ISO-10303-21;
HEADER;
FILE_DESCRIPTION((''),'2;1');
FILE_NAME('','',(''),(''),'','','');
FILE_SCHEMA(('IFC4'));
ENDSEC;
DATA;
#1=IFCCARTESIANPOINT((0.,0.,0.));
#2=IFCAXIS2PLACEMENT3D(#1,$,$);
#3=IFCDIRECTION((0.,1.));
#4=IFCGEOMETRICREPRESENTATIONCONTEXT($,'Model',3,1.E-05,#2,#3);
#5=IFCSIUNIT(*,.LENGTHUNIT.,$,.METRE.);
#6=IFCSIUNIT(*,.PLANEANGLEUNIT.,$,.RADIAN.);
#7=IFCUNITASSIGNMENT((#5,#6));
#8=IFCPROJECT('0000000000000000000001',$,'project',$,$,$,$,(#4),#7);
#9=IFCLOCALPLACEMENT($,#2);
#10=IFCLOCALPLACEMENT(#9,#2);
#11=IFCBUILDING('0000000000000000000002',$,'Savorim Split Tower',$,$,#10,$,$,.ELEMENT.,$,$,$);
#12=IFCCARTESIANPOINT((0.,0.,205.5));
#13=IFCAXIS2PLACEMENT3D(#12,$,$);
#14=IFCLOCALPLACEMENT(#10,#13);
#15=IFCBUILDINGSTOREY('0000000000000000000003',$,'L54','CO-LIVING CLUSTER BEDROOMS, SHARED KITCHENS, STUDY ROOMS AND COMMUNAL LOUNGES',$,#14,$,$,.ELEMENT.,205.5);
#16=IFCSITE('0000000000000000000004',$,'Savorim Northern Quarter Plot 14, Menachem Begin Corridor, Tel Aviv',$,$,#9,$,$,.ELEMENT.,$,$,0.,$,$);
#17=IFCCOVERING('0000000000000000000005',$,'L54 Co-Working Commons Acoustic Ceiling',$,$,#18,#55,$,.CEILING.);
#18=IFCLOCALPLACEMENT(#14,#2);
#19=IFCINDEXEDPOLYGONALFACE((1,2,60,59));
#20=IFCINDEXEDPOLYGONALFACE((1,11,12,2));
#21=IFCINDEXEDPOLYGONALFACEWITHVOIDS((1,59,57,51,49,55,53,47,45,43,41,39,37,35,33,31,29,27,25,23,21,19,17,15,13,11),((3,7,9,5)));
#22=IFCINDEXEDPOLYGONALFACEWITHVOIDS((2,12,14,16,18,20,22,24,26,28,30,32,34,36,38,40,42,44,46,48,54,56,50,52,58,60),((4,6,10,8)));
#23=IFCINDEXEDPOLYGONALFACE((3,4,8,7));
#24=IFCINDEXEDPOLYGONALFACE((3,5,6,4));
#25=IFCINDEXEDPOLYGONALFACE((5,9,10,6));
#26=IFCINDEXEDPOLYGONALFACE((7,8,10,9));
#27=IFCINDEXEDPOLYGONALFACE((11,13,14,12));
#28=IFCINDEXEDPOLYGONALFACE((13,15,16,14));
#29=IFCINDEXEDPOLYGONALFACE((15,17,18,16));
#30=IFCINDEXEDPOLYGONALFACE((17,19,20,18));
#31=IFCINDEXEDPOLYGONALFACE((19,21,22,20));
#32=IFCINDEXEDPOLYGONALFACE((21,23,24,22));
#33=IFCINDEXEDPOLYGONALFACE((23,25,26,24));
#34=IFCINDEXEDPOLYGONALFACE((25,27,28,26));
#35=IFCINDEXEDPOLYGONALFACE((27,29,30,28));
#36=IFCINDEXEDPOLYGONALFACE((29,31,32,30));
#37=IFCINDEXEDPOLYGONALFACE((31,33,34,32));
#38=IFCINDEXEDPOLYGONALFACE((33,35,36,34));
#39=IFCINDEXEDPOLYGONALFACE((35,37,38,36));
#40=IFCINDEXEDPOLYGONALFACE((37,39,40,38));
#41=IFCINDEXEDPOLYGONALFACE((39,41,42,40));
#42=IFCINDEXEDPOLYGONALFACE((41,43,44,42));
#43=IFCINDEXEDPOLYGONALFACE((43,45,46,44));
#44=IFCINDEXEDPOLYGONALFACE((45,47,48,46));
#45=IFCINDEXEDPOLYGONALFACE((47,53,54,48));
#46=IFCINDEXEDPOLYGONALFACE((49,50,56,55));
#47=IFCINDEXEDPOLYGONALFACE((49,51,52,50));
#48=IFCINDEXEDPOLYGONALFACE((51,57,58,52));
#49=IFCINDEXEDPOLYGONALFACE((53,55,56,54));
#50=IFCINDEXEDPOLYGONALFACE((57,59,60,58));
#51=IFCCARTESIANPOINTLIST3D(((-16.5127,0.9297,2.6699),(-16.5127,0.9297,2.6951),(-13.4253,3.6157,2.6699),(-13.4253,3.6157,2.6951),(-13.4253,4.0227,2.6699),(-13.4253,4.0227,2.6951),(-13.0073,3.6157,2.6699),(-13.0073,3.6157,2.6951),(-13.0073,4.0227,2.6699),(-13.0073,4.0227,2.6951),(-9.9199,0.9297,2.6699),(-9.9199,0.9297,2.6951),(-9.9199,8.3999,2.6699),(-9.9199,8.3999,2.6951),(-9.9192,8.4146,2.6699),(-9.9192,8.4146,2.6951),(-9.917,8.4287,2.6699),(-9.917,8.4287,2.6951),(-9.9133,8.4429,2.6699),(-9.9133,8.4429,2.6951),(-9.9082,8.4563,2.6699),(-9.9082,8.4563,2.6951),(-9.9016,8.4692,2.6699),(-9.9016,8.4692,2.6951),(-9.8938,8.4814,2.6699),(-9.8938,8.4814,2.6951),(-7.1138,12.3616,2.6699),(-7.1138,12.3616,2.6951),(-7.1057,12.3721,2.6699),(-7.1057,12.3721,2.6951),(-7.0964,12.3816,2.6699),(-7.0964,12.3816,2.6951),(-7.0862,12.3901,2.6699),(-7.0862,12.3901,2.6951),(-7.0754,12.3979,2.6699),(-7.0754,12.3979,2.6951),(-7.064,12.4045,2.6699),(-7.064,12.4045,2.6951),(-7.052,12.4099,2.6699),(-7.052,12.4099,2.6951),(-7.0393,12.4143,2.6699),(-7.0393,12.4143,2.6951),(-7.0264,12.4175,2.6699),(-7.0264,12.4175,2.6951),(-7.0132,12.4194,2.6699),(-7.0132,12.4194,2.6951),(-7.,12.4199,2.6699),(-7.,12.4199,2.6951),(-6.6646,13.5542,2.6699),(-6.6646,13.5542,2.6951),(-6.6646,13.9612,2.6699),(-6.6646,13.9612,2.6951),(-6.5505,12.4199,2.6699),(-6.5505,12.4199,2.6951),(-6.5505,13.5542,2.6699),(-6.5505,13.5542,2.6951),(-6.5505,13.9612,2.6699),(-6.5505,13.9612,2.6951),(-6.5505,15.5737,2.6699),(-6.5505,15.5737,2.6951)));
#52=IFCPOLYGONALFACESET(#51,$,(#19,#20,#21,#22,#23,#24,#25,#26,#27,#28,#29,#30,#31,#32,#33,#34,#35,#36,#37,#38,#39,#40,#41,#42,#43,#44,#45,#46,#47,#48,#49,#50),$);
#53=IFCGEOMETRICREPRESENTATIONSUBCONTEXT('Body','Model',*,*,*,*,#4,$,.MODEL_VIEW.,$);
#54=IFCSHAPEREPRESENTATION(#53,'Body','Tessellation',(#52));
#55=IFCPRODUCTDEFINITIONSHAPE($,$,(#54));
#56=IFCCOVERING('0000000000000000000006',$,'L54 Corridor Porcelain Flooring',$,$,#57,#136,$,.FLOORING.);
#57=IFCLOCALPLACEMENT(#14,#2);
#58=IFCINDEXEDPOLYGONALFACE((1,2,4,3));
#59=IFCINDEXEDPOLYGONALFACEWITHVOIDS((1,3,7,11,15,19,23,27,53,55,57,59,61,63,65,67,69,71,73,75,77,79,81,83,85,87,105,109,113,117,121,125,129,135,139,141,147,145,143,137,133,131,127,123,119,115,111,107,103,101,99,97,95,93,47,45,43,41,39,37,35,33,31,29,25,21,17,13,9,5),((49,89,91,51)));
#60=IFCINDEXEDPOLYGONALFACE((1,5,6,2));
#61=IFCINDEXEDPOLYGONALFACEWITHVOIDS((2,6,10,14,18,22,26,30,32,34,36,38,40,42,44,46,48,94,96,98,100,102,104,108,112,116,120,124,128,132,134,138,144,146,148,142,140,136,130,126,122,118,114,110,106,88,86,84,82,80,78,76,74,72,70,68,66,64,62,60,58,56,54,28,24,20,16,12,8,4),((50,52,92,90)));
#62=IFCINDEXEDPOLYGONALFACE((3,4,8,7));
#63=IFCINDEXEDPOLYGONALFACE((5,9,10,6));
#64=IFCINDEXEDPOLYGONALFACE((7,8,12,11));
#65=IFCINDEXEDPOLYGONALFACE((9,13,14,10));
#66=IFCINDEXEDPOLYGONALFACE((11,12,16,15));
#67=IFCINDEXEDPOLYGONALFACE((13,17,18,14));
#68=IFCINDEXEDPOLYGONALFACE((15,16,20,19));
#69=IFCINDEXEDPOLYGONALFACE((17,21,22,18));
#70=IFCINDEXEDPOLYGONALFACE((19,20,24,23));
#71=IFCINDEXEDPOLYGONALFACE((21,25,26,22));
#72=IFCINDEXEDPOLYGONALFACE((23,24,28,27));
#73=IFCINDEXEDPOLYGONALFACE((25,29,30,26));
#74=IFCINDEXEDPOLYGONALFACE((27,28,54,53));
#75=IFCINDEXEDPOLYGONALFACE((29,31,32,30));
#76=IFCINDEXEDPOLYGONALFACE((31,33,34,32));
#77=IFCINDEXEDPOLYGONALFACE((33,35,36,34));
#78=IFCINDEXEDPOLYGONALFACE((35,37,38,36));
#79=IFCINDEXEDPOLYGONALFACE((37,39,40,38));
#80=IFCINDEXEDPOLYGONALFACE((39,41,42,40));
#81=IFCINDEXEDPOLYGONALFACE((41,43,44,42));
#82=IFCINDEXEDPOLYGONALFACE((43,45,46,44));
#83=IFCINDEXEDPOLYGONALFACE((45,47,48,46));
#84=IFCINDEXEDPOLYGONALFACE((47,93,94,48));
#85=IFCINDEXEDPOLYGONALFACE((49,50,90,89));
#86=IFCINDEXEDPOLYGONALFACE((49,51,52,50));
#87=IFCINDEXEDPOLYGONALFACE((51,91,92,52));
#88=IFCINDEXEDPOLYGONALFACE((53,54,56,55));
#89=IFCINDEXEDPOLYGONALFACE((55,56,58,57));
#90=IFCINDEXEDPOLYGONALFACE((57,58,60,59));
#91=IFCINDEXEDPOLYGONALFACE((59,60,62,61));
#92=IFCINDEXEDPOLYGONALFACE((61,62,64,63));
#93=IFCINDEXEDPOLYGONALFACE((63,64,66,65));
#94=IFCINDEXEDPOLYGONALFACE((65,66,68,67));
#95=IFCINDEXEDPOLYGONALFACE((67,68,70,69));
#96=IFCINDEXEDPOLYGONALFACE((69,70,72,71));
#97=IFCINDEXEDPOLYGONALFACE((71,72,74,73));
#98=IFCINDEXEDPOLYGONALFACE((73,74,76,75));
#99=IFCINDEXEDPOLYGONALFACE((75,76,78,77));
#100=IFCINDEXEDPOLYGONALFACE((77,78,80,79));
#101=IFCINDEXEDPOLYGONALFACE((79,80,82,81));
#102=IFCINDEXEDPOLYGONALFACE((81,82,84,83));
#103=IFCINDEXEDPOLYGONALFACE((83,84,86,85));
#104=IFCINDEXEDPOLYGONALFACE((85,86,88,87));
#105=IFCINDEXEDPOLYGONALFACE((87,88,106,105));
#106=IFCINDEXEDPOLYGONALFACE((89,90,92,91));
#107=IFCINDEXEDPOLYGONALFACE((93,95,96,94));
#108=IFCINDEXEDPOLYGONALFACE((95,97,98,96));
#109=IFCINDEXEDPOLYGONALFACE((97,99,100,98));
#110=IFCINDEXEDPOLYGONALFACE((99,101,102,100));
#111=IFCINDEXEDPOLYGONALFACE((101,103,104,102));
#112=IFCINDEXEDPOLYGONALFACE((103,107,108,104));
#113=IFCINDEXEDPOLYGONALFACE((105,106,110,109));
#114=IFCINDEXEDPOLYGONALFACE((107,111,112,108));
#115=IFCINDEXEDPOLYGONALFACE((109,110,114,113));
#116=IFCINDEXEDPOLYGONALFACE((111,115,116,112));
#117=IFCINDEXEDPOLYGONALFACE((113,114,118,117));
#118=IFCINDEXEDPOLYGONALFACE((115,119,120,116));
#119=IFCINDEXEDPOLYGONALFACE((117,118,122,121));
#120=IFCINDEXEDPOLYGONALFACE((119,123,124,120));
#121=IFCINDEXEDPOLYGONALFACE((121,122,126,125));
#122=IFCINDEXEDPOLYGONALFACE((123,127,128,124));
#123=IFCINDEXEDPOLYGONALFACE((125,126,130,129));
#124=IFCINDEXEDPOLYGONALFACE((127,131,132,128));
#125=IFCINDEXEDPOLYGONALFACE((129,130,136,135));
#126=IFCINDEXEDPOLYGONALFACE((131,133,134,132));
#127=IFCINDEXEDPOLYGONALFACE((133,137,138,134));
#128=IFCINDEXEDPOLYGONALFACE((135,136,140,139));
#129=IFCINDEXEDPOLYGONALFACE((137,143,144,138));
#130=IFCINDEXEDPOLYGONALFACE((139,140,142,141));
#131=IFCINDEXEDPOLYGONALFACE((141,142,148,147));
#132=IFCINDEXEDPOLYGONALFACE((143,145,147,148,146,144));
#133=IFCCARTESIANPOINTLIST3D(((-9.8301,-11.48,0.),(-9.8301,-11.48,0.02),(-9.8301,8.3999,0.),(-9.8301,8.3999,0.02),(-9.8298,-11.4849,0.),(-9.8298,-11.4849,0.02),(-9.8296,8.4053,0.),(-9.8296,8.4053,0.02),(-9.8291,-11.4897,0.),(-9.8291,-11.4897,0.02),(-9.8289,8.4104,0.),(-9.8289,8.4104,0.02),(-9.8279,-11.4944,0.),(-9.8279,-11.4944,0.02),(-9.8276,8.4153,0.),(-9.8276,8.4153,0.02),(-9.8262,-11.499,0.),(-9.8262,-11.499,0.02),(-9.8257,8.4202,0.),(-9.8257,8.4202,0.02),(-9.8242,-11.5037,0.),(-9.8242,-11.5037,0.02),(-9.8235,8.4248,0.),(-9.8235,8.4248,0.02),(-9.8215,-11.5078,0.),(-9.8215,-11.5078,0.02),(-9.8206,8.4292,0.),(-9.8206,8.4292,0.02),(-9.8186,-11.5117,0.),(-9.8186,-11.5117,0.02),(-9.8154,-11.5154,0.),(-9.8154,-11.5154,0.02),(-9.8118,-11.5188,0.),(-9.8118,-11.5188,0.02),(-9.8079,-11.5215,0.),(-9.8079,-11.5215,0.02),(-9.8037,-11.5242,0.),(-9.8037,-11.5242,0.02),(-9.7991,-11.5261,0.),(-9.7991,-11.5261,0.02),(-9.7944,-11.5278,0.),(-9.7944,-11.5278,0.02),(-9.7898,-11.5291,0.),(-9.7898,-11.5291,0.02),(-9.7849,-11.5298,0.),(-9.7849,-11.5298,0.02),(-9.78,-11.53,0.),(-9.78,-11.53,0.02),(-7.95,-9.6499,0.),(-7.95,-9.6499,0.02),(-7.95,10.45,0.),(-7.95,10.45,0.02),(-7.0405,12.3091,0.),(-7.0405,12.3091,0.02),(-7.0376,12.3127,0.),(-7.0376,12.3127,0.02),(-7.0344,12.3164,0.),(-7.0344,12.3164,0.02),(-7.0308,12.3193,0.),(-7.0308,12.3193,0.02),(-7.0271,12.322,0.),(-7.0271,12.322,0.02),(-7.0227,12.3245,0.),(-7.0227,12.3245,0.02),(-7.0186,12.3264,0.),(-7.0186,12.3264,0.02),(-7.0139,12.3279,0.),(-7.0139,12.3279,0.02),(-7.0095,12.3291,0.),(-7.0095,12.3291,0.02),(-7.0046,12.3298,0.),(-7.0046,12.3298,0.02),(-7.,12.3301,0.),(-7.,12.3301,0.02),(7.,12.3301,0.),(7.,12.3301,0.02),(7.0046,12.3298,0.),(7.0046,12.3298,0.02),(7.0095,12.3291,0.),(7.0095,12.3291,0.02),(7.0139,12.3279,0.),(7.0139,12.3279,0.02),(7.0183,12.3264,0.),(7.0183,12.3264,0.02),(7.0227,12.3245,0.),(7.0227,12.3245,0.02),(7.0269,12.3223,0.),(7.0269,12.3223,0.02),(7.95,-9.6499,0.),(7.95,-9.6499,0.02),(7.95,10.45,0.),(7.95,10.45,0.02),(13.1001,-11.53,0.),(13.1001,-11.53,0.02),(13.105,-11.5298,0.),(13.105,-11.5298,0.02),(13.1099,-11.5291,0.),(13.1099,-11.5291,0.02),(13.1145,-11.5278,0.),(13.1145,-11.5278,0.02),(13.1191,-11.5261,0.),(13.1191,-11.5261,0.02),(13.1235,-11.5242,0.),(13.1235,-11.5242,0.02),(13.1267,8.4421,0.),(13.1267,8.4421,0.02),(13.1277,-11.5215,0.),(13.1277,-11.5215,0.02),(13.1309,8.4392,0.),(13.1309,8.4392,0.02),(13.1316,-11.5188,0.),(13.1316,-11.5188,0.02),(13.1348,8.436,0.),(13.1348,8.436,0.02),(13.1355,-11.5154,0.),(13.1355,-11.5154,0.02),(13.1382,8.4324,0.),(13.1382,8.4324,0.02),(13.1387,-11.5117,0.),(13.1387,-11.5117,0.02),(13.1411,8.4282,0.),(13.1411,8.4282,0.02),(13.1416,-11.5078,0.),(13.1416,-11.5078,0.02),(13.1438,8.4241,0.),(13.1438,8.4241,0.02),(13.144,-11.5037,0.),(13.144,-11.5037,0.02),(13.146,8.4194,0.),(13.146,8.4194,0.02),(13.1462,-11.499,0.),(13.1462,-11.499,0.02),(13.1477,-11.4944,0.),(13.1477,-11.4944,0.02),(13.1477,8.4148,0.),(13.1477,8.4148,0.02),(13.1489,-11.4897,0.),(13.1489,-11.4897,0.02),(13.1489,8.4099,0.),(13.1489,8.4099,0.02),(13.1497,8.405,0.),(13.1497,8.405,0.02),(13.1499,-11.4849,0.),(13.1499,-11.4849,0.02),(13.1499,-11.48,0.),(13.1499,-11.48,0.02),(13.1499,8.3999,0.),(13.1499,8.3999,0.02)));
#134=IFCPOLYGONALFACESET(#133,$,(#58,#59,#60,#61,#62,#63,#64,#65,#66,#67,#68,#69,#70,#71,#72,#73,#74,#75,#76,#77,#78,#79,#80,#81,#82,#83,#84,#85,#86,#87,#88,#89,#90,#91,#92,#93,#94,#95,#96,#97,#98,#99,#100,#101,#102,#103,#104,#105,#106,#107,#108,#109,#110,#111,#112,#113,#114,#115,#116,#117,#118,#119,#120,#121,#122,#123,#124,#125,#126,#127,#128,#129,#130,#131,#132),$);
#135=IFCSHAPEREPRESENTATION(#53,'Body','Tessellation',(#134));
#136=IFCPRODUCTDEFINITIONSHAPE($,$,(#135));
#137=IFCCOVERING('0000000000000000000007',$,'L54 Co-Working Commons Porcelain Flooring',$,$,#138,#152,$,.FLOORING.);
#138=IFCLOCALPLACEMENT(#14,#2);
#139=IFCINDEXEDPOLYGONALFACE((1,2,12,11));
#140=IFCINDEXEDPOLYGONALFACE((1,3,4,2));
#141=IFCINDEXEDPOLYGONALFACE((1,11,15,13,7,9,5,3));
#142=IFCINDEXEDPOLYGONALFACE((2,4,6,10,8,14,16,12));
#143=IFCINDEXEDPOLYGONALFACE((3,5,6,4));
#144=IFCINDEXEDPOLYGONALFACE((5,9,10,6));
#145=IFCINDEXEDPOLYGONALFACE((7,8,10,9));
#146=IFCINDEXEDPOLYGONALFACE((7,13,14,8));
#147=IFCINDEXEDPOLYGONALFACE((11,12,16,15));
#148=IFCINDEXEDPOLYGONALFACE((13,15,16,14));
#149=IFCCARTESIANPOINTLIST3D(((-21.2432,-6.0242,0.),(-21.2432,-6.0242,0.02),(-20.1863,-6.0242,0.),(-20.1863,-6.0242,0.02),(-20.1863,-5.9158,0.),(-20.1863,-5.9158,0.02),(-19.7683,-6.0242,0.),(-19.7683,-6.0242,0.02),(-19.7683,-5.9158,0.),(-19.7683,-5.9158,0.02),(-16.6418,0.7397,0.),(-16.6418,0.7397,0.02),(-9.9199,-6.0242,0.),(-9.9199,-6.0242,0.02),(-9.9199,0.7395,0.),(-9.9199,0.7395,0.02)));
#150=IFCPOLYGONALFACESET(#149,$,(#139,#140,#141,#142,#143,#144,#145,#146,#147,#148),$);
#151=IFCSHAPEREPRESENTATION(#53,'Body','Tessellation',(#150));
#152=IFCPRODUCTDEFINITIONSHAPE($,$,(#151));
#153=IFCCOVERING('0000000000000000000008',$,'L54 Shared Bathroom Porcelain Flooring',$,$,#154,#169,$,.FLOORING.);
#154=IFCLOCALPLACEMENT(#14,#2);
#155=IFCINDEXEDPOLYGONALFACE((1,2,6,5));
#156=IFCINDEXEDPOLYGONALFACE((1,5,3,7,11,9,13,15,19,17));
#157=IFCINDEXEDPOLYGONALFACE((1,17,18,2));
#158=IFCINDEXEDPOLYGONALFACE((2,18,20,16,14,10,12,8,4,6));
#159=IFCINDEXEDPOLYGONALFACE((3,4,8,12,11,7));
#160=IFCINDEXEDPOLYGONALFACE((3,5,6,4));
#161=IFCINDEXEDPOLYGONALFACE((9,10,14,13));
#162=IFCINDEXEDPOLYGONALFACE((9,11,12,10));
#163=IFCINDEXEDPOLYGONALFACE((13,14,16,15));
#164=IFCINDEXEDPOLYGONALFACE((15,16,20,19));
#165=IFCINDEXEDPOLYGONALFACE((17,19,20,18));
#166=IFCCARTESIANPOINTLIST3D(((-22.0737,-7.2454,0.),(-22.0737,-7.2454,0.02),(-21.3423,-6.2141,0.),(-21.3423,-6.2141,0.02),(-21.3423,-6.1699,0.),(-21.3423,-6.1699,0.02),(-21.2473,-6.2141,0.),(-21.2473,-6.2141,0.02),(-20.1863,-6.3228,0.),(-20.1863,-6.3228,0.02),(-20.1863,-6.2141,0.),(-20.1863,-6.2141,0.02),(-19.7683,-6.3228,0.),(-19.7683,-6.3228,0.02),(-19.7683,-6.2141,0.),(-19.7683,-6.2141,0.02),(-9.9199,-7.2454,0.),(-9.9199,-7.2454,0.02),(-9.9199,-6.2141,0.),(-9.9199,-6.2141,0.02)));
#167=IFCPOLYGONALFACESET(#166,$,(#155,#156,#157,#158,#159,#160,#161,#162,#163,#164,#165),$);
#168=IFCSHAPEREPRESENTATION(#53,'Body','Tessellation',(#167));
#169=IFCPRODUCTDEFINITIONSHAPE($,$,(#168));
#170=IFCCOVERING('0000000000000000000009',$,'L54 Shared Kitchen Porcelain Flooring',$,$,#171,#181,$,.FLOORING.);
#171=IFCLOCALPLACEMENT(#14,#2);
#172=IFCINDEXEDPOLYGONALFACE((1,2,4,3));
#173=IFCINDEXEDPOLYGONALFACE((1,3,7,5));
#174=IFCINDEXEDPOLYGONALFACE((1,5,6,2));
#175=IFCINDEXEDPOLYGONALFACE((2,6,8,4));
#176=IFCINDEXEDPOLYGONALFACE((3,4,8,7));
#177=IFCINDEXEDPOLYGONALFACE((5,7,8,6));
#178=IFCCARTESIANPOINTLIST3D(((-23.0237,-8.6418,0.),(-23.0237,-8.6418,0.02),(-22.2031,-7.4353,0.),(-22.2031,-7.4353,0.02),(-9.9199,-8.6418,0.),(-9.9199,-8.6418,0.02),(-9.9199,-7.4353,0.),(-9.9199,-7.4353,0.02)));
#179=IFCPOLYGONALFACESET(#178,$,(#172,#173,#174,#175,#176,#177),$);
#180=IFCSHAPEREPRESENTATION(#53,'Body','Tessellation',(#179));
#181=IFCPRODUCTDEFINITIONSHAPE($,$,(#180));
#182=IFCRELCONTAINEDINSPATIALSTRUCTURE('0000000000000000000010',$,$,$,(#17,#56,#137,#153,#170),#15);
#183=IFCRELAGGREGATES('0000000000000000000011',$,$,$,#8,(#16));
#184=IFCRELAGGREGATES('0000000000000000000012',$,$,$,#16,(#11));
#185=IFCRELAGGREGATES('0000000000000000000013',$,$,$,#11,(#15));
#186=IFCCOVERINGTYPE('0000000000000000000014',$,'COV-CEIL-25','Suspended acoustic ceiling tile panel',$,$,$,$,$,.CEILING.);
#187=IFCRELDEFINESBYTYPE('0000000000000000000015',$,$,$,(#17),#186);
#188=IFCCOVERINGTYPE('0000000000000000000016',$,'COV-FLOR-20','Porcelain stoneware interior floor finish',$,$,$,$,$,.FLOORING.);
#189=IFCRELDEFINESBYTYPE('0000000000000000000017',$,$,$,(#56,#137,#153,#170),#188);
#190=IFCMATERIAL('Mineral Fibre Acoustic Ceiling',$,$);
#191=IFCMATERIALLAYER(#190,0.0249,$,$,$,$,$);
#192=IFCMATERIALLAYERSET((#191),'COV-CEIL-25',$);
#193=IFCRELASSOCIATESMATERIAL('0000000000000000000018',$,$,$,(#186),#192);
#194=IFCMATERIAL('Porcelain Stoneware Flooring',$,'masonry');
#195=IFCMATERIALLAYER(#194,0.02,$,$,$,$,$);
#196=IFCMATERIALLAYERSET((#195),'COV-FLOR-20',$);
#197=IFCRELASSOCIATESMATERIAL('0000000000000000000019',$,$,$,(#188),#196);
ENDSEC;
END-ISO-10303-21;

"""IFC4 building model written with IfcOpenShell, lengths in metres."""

from ifc_helpers import new_model, si_unit, direction, frame, origin, place, context, subcontext, project, spatial, polyline, outline, extrude, material, layer, layer_set, type_object, element, save


model = new_model("IFC4")

# Units and contexts
model_context = context("Model", 3, precision=1e-05, world=origin(), true_north=direction((0.0, 1.0)))
body_context = subcontext(model_context, "Body", "Model", "MODEL_VIEW")
ifc_project = project(units=[si_unit("LENGTHUNIT", "METRE"), si_unit("PLANEANGLEUNIT", "RADIAN")], contexts=[model_context])

# Site, building, storey
site_placement = place(None, origin())
site = spatial("IfcSite", under=ifc_project, at=site_placement, Name="Savorim Northern Quarter Plot 14, Menachem Begin Corridor, Tel Aviv", CompositionType="ELEMENT", RefElevation=0.0)
building_placement = place(site_placement, origin())
building = spatial("IfcBuilding", under=site, at=building_placement, Name="Savorim Split Tower", CompositionType="ELEMENT")
storey_placement = place(building_placement, frame((0.0, 0.0, 205.5)))
storey = spatial("IfcBuildingStorey", under=building, at=storey_placement, Name="L54", Description="CO-LIVING CLUSTER BEDROOMS, SHARED KITCHENS, STUDY ROOMS AND COMMUNAL LOUNGES", CompositionType="ELEMENT", Elevation=205.5)

# Coverings
ifc_material_1 = material(Name="Mineral Fibre Acoustic Ceiling")
ifc_layer_1 = layer(ifc_material_1, 0.0249)
ifc_layer_set_1 = layer_set([ifc_layer_1], Name="COV-CEIL-25")
covering_type_1 = type_object("IfcCoveringType", Name="COV-CEIL-25", Description="Suspended acoustic ceiling tile panel", PredefinedType="CEILING", material=ifc_layer_set_1)
covering_1_placement = place(storey_placement, frame((0.0, 0.0, 2.6699)))
element("IfcCovering", 1, at=covering_1_placement, inside=storey, type_object=covering_type_1, Name="L54 Co-Working Commons Acoustic Ceiling", PredefinedType="CEILING", context=body_context, shape_type="SweptSolid", body=[
    extrude(outline(polyline([(-7.0132, 12.4194), (-7.0, 12.4199), (-6.5505, 12.4199), (-6.5505, 13.5542), (-6.6646, 13.5542), (-6.6646, 13.9612), (-6.5505, 13.9612), (-6.5505, 15.5737), (-16.5127, 0.9297), (-9.9199, 0.9297), (-9.9199, 8.3999), (-9.9192, 8.4146), (-9.917, 8.4287), (-9.9133, 8.4429), (-9.9082, 8.4563), (-9.9016, 8.4692), (-9.8938, 8.4814), (-7.1138, 12.3616), (-7.1057, 12.3721), (-7.0964, 12.3816), (-7.0862, 12.3901), (-7.0754, 12.3979), (-7.064, 12.4045), (-7.052, 12.4099), (-7.0393, 12.4143), (-7.0264, 12.4175), (-7.0132, 12.4194)]), holes=[polyline([(-13.4253, 4.0227), (-13.4253, 3.6157), (-13.0073, 3.6157), (-13.0073, 4.0227), (-13.4253, 4.0227)])]), origin(), (0.0, 0.0, 1.0), 0.0251),
])
ifc_material_2 = material(Name="Porcelain Stoneware Flooring", Category="masonry")
ifc_layer_2 = layer(ifc_material_2, 0.02)
ifc_layer_set_2 = layer_set([ifc_layer_2], Name="COV-FLOR-20")
covering_type_2 = type_object("IfcCoveringType", Name="COV-FLOR-20", Description="Porcelain stoneware interior floor finish", PredefinedType="FLOORING", material=ifc_layer_set_2)
covering_2_placement = place(storey_placement, origin())
element("IfcCovering", 2, at=covering_2_placement, inside=storey, type_object=covering_type_2, Name="L54 Corridor Porcelain Flooring", PredefinedType="FLOORING", context=body_context, shape_type="SweptSolid", body=[
    extrude(outline(polyline([(7.0095, 12.3291), (7.0046, 12.3298), (7.0, 12.3301), (-7.0, 12.3301), (-7.0046, 12.3298), (-7.0095, 12.3291), (-7.0139, 12.3279), (-7.0186, 12.3264), (-7.0227, 12.3245), (-7.0271, 12.322), (-7.0308, 12.3193), (-7.0344, 12.3164), (-7.0376, 12.3127), (-7.0405, 12.3091), (-9.8206, 8.4292), (-9.8235, 8.4248), (-9.8257, 8.4202), (-9.8276, 8.4153), (-9.8289, 8.4104), (-9.8296, 8.4053), (-9.8301, 8.3999), (-9.8301, -11.48), (-9.8298, -11.4849), (-9.8291, -11.4897), (-9.8279, -11.4944), (-9.8262, -11.499), (-9.8242, -11.5037), (-9.8215, -11.5078), (-9.8186, -11.5117), (-9.8154, -11.5154), (-9.8118, -11.5188), (-9.8079, -11.5215), (-9.8037, -11.5242), (-9.7991, -11.5261), (-9.7944, -11.5278), (-9.7898, -11.5291), (-9.7849, -11.5298), (-9.78, -11.53), (13.1001, -11.53), (13.105, -11.5298), (13.1099, -11.5291), (13.1145, -11.5278), (13.1191, -11.5261), (13.1235, -11.5242), (13.1277, -11.5215), (13.1316, -11.5188), (13.1355, -11.5154), (13.1387, -11.5117), (13.1416, -11.5078), (13.144, -11.5037), (13.1462, -11.499), (13.1477, -11.4944), (13.1489, -11.4897), (13.1499, -11.4849), (13.1499, -11.48), (13.1499, 8.3999), (13.1497, 8.405), (13.1489, 8.4099), (13.1477, 8.4148), (13.146, 8.4194), (13.1438, 8.4241), (13.1411, 8.4282), (13.1382, 8.4324), (13.1348, 8.436), (13.1309, 8.4392), (13.1267, 8.4421), (7.0269, 12.3223), (7.0227, 12.3245), (7.0183, 12.3264), (7.0139, 12.3279), (7.0095, 12.3291)]), holes=[polyline([(-7.95, 10.45), (-7.95, -9.6499), (7.95, -9.6499), (7.95, 10.45), (-7.95, 10.45)])]), origin(), (0.0, 0.0, 1.0), 0.02),
])
covering_3_placement = place(storey_placement, origin())
element("IfcCovering", 3, at=covering_3_placement, inside=storey, type_object=covering_type_2, Name="L54 Co-Working Commons Porcelain Flooring", PredefinedType="FLOORING", context=body_context, shape_type="SweptSolid", body=[
    extrude(outline(polyline([(-19.7683, -5.9158), (-19.7683, -6.0242), (-9.9199, -6.0242), (-9.9199, 0.7395), (-16.6418, 0.7397), (-21.2432, -6.0242), (-20.1863, -6.0242), (-20.1863, -5.9158), (-19.7683, -5.9158)])), origin(), (0.0, 0.0, 1.0), 0.02),
])
covering_4_placement = place(storey_placement, origin())
element("IfcCovering", 4, at=covering_4_placement, inside=storey, type_object=covering_type_2, Name="L54 Shared Bathroom Porcelain Flooring", PredefinedType="FLOORING", context=body_context, shape_type="SweptSolid", body=[
    extrude(outline(polyline([(-21.2473, -6.2141), (-21.3423, -6.2141), (-21.3423, -6.1699), (-22.0737, -7.2454), (-9.9199, -7.2454), (-9.9199, -6.2141), (-19.7683, -6.2141), (-19.7683, -6.3228), (-20.1863, -6.3228), (-20.1863, -6.2141), (-21.2473, -6.2141)])), origin(), (0.0, 0.0, 1.0), 0.02),
])
covering_5_placement = place(storey_placement, origin())
element("IfcCovering", 5, at=covering_5_placement, inside=storey, type_object=covering_type_2, Name="L54 Shared Kitchen Porcelain Flooring", PredefinedType="FLOORING", context=body_context, shape_type="SweptSolid", body=[
    extrude(outline(polyline([(-9.9199, -8.6418), (-9.9199, -7.4353), (-22.2031, -7.4353), (-23.0237, -8.6418), (-9.9199, -8.6418)])), origin(), (0.0, 0.0, 1.0), 0.02),
])

save(model, "model.ifc")
